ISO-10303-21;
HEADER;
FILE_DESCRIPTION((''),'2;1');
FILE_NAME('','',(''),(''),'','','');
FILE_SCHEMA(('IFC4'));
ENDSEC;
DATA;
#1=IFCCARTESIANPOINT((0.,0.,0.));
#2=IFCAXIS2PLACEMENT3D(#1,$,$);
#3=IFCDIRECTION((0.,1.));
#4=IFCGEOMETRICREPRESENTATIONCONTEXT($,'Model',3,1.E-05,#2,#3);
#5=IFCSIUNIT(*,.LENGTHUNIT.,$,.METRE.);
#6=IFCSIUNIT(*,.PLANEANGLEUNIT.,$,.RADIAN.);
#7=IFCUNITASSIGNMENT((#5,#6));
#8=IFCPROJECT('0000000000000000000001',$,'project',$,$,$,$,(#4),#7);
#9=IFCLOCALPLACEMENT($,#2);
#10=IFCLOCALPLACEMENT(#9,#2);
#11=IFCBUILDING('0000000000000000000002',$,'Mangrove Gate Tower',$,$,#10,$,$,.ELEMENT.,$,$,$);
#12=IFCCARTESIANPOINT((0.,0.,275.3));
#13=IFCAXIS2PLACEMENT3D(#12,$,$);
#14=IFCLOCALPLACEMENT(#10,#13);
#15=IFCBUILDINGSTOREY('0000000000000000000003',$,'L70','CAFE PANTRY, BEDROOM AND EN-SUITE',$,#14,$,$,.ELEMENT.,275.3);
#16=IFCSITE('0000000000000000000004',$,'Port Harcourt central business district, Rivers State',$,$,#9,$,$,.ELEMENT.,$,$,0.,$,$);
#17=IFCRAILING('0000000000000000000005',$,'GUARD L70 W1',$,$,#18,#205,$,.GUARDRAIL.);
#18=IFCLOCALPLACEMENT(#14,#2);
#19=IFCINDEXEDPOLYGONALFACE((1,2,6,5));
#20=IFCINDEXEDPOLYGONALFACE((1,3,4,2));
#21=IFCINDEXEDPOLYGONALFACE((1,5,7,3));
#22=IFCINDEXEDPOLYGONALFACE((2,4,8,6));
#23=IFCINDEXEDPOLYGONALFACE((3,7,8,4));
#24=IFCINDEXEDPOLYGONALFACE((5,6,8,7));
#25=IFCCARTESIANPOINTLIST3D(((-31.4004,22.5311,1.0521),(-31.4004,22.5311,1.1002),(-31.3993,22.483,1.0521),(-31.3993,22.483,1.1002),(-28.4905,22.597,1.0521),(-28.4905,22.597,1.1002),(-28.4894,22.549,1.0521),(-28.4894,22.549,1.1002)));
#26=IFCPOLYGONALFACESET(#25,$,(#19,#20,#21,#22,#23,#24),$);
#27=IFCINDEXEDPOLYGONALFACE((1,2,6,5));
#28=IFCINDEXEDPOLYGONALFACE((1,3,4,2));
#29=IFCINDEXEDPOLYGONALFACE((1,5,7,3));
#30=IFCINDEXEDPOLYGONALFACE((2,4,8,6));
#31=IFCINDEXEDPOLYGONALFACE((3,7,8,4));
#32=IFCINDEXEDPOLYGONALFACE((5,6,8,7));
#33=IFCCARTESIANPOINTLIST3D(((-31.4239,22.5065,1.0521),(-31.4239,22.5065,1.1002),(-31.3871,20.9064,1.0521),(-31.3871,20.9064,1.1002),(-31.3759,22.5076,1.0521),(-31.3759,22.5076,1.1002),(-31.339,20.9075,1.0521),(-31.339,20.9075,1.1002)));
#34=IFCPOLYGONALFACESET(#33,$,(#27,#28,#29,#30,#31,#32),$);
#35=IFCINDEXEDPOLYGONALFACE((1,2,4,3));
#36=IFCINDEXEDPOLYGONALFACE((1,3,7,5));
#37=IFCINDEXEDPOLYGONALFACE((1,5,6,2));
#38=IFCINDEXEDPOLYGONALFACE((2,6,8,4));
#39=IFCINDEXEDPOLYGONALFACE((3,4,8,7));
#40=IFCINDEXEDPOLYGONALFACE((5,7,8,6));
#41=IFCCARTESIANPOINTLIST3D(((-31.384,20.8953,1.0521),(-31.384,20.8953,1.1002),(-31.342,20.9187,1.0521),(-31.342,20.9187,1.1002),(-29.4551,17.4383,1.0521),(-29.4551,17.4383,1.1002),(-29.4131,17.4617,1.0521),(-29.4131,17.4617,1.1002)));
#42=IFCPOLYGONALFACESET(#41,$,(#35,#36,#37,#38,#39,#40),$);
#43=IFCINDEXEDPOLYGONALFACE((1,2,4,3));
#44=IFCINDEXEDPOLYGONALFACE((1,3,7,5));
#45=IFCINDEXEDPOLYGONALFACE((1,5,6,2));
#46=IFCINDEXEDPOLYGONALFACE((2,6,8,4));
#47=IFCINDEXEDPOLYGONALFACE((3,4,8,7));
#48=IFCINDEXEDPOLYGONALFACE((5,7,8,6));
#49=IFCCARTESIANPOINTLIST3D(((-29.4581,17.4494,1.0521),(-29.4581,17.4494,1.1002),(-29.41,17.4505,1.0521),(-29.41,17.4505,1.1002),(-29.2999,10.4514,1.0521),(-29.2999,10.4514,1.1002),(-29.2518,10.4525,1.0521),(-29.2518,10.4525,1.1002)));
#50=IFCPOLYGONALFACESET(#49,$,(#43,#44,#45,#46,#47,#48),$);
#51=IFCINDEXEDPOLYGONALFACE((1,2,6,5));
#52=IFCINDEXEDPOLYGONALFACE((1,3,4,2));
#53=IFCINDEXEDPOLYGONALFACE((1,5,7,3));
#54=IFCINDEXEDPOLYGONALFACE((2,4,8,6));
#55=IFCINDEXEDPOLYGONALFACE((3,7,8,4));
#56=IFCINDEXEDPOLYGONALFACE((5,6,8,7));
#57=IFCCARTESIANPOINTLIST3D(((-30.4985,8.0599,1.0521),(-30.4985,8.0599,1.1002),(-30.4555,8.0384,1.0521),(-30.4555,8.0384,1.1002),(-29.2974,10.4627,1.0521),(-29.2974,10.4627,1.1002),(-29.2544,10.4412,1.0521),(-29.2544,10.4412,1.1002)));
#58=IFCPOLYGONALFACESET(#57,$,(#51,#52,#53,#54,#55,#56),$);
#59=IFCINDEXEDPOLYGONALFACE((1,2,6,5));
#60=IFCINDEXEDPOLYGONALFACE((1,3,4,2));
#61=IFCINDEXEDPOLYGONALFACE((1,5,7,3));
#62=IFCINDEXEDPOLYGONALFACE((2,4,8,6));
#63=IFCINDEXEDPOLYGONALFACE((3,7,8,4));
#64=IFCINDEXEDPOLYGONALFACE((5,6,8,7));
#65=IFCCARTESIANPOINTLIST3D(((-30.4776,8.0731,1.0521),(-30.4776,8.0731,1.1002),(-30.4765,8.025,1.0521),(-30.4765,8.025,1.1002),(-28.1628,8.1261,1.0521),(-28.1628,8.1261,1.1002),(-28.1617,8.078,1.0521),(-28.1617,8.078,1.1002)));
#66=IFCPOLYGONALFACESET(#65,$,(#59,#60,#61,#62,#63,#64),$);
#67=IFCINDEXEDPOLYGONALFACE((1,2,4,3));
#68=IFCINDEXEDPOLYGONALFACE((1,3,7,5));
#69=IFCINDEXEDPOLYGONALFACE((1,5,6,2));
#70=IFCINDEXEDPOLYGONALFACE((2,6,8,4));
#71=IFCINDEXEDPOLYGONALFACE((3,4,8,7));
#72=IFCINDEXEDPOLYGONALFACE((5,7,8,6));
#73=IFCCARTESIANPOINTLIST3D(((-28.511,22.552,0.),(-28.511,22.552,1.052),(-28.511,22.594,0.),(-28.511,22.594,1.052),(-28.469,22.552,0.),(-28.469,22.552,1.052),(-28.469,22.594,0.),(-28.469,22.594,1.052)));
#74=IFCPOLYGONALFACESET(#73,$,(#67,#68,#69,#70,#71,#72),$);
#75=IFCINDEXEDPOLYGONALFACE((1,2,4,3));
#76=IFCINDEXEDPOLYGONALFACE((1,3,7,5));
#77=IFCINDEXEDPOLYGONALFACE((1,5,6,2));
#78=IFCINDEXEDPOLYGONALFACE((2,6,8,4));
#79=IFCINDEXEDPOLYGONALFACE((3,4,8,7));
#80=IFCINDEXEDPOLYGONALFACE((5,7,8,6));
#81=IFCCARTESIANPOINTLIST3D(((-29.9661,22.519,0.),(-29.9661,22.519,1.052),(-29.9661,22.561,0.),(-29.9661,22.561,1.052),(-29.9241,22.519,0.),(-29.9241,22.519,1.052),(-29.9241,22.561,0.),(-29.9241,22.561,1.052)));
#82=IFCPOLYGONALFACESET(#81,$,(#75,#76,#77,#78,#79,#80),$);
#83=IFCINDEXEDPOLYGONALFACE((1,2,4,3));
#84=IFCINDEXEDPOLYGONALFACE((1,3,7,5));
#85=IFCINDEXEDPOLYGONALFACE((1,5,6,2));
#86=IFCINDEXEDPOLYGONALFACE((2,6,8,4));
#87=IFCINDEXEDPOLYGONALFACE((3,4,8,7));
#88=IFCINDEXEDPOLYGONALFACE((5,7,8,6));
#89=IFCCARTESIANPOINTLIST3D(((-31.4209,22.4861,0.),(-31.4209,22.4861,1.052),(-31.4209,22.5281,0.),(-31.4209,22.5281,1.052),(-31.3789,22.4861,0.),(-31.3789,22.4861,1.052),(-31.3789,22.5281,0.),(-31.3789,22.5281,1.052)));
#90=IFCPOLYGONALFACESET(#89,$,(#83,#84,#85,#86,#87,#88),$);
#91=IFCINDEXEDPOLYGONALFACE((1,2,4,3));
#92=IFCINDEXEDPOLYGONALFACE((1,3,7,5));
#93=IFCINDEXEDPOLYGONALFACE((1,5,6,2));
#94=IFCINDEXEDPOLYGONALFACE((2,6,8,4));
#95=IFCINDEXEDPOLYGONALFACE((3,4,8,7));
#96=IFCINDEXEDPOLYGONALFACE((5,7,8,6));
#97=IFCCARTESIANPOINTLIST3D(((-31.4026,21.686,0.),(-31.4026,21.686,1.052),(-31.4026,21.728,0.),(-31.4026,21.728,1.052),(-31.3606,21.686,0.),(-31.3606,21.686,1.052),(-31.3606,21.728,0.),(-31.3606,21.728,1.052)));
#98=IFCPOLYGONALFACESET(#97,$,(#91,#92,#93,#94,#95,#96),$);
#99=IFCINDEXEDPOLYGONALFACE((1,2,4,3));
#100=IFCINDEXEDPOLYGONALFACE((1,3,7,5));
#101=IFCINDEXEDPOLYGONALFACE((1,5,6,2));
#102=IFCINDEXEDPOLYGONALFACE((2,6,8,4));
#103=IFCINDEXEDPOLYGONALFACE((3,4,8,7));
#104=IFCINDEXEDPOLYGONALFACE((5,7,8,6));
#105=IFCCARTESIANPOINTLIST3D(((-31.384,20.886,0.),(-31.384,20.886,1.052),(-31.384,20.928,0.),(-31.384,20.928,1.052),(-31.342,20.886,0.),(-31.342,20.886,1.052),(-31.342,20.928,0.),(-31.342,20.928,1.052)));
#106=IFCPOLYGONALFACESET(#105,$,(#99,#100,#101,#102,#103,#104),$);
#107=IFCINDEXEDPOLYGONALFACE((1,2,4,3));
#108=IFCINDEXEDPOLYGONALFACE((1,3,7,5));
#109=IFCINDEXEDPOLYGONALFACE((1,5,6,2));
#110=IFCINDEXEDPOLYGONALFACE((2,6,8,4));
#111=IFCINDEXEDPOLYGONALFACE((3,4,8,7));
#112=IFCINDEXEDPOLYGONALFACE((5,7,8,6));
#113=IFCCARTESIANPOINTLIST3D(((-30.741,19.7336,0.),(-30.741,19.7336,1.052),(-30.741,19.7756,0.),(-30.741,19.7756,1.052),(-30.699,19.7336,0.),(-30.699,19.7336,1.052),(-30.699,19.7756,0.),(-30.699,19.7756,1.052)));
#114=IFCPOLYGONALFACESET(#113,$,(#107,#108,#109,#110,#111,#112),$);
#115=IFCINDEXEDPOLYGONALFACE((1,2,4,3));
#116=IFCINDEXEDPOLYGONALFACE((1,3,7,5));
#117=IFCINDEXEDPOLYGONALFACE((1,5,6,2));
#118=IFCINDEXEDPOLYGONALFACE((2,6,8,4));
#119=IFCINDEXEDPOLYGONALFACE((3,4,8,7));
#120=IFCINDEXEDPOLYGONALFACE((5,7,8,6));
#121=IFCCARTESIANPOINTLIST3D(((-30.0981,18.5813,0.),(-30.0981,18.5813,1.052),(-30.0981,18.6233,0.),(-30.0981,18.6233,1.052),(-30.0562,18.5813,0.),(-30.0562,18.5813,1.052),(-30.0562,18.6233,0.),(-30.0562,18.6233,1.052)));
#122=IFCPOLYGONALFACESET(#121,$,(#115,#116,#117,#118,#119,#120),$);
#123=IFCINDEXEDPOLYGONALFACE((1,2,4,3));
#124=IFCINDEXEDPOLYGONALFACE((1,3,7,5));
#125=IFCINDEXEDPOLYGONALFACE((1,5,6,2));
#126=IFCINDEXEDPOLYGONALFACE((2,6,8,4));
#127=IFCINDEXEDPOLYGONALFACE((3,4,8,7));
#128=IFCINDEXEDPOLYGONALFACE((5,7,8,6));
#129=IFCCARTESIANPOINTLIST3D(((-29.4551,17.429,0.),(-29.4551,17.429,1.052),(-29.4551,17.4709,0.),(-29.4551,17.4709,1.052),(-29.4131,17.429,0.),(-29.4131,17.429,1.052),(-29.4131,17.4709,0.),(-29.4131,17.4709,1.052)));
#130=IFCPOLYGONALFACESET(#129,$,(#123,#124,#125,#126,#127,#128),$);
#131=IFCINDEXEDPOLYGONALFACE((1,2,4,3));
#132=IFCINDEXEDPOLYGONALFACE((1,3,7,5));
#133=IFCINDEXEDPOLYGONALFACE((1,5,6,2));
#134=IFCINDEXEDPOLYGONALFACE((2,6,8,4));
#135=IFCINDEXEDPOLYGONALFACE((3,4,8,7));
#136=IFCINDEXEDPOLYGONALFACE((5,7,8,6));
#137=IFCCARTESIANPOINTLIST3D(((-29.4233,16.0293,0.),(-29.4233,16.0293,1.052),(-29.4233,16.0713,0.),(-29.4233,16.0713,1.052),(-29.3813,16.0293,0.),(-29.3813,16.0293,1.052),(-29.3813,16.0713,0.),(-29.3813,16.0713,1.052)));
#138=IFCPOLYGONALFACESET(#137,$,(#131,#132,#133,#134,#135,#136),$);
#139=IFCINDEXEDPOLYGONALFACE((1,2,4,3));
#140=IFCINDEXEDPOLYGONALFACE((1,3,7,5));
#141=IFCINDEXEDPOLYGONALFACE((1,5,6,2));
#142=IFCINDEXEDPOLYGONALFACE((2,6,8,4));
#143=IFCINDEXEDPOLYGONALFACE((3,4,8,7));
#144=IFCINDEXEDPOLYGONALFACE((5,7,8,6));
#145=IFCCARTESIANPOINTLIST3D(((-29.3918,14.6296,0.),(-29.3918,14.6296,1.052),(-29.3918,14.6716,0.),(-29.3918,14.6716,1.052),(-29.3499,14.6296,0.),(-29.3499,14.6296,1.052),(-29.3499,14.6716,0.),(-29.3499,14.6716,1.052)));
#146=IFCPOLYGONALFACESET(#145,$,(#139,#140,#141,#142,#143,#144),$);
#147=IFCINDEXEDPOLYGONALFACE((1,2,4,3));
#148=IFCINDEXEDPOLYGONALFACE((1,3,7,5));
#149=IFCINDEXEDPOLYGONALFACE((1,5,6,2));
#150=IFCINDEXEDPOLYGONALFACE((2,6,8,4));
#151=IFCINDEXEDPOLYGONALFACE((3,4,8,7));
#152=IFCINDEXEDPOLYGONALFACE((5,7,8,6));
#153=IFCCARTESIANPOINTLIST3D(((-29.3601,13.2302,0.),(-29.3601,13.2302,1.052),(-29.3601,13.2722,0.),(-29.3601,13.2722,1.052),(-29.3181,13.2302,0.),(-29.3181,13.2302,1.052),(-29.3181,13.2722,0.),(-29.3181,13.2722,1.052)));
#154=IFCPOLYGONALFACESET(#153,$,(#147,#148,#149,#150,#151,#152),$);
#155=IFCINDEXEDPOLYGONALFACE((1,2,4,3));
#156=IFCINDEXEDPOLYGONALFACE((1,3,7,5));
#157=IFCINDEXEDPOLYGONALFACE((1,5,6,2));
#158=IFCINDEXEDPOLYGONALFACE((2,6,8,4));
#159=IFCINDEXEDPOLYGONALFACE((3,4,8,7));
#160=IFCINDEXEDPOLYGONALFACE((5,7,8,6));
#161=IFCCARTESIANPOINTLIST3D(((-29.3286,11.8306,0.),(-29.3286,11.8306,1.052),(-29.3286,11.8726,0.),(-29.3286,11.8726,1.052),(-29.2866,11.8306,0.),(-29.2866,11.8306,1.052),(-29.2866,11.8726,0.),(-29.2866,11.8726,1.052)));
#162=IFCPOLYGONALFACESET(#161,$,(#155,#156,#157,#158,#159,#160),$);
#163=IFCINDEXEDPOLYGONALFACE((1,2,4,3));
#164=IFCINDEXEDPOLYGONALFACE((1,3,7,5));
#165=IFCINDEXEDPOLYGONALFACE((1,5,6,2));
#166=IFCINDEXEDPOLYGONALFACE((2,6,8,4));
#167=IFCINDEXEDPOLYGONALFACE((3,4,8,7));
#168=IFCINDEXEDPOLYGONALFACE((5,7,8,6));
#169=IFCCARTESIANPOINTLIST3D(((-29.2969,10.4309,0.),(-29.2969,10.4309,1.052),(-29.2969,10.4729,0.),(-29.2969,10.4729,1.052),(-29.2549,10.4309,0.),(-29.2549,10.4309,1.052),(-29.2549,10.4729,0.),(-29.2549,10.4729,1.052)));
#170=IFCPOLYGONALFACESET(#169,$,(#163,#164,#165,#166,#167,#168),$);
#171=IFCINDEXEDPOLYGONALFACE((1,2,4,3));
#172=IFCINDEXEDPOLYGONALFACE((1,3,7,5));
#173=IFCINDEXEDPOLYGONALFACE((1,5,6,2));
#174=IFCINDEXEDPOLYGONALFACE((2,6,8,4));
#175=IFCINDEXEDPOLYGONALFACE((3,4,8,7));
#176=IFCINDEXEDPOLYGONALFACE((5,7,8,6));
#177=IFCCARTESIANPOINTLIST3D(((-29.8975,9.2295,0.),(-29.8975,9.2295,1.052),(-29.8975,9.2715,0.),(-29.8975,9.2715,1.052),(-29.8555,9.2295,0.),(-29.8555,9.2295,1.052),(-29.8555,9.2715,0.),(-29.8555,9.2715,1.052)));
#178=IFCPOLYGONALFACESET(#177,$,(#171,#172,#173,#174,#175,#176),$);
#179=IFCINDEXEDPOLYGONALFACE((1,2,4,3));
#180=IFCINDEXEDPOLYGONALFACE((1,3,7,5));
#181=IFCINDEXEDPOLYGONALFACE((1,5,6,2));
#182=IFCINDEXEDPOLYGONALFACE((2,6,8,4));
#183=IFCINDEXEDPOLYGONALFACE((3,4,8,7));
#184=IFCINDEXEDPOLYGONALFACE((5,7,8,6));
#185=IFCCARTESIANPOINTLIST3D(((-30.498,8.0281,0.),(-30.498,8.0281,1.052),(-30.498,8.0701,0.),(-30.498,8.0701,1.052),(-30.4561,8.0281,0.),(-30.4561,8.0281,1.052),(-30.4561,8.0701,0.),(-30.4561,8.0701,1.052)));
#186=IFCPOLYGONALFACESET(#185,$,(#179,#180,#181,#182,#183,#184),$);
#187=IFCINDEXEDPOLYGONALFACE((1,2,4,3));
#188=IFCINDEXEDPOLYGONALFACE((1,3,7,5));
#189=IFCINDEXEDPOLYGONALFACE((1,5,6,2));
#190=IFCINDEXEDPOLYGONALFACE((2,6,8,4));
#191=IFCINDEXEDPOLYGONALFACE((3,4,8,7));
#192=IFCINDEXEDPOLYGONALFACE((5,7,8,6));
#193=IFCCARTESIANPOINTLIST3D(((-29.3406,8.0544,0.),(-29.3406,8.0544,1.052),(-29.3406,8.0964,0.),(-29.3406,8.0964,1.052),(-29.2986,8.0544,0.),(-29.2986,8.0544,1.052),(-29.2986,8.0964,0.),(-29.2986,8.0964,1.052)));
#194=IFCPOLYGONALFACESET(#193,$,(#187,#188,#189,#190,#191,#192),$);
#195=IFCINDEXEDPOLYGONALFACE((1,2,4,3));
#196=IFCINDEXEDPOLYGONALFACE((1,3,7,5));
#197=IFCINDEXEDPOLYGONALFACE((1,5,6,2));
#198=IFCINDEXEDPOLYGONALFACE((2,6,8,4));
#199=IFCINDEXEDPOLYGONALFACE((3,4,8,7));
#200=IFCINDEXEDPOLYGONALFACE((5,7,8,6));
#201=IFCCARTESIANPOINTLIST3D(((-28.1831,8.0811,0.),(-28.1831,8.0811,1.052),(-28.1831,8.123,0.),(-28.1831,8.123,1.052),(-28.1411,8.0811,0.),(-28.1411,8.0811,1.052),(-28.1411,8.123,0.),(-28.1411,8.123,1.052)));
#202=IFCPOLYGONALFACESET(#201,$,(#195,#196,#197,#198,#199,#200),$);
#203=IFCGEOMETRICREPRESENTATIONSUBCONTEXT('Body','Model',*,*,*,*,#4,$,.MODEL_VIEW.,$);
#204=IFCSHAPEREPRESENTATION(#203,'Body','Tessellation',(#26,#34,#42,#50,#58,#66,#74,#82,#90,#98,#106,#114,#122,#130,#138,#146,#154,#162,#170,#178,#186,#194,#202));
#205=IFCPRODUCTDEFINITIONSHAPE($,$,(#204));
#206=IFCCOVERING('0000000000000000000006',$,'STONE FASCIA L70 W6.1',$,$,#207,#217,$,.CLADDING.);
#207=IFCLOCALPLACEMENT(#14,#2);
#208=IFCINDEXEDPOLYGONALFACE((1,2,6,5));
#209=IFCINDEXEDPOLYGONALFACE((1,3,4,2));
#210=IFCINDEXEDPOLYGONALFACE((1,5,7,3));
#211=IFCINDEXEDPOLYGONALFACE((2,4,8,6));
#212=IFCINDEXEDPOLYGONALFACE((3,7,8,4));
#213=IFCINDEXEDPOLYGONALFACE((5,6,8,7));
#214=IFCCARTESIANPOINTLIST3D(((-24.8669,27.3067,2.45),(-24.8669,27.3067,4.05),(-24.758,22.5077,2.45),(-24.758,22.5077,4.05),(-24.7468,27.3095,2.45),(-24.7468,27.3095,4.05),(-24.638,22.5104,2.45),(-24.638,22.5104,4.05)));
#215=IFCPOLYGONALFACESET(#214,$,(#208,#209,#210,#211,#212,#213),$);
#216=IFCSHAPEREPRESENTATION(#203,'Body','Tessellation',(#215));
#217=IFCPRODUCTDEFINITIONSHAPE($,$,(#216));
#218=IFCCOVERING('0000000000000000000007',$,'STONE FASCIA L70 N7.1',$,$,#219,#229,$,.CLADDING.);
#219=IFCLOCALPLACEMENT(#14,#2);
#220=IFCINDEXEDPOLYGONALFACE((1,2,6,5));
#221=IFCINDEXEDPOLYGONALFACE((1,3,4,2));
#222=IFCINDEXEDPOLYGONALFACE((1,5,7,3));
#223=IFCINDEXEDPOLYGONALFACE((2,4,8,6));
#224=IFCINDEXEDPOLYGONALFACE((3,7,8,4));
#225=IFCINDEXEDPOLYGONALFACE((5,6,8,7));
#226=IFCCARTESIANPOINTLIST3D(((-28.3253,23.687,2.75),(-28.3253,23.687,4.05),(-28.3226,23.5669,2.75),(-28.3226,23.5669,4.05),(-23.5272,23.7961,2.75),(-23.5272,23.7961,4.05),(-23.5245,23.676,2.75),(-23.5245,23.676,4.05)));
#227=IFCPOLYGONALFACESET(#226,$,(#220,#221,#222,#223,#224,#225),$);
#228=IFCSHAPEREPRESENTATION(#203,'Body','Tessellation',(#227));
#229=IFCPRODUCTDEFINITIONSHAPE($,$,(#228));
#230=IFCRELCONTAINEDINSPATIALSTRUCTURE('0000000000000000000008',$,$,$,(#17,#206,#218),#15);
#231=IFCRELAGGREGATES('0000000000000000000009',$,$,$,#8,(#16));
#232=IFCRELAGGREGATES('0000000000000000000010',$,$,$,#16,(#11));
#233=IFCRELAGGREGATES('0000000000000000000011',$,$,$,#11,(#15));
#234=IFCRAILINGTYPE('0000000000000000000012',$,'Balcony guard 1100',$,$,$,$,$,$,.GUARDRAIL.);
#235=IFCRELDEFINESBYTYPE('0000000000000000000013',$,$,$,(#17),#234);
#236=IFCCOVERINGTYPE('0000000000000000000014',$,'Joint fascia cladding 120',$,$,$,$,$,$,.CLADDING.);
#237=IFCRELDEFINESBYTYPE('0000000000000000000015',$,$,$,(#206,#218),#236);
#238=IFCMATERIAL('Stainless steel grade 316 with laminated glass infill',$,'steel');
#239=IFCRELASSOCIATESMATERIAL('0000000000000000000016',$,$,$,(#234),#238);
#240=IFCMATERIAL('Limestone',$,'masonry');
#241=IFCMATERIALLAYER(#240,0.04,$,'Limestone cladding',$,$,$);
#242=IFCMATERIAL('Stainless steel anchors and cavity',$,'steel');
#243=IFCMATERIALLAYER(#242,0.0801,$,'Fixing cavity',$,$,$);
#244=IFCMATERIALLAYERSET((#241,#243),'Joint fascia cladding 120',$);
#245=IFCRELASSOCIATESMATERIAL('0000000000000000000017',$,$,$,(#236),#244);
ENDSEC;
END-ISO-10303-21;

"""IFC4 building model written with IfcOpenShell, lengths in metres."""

from ifc_helpers import new_model, si_unit, direction, frame, frame_2d, origin, origin_2d, place, context, subcontext, project, spatial, rectangle, extrude, material, layer, layer_set, type_object, element, save


model = new_model("IFC4")

# Units and contexts
model_context = context("Model", 3, precision=1e-05, world=origin(), true_north=direction((0.0, 1.0)))
body_context = subcontext(model_context, "Body", "Model", "MODEL_VIEW")
ifc_project = project(units=[si_unit("LENGTHUNIT", "METRE"), si_unit("PLANEANGLEUNIT", "RADIAN")], contexts=[model_context])

# Site, building, storey
site_placement = place(None, origin())
site = spatial("IfcSite", under=ifc_project, at=site_placement, Name="Port Harcourt central business district, Rivers State", CompositionType="ELEMENT", RefElevation=0.0)
building_placement = place(site_placement, origin())
building = spatial("IfcBuilding", under=site, at=building_placement, Name="Mangrove Gate Tower", CompositionType="ELEMENT")
storey_placement = place(building_placement, frame((0.0, 0.0, 275.3)))
storey = spatial("IfcBuildingStorey", under=building, at=storey_placement, Name="L70", Description="CAFE PANTRY, BEDROOM AND EN-SUITE", CompositionType="ELEMENT", Elevation=275.3)

# Shared definitions
ifc_material_1 = material(Name="Limestone", Category="masonry")

# Railing
ifc_material_2 = material(Name="Stainless steel grade 316 with laminated glass infill", Category="steel")
railing_type = type_object("IfcRailingType", Name="Balcony guard 1100", PredefinedType="GUARDRAIL", material=ifc_material_2)
railing_placement = place(storey_placement, frame((-28.49, 22.573, 0.0)))
element("IfcRailing", 1, at=railing_placement, inside=storey, type_object=railing_type, Name="GUARD L70 W1", PredefinedType="GUARDRAIL", context=body_context, shape_type="SweptSolid", body=[
    extrude(rectangle(XDim=0.0481, YDim=0.0481, at=origin_2d()), frame((0.0, 0.0, 1.0762), z_axis=(-0.999744, -0.022647, 0.0), x_axis=(0.022647, -0.999744, 0.0)), (0.0, 0.0, 1.0), 2.9106),
    extrude(rectangle(XDim=0.0481, YDim=0.0481, at=origin_2d()), frame((-2.9099, -0.0659, 1.0762), z_axis=(0.023033, -0.999735, 0.0), x_axis=(0.999735, 0.023033, 0.0)), (0.0, 0.0, 1.0), 1.6006),
    extrude(rectangle(XDim=0.0481, YDim=0.0481, at=origin_2d()), frame((-2.873, -1.666, 1.0762), z_axis=(0.48726, -0.873257, 0.0), x_axis=(0.873257, 0.48726, 0.0)), (0.0, 0.0, 1.0), 3.9587),
    extrude(rectangle(XDim=0.0481, YDim=0.0481, at=origin_2d()), frame((-0.9441, -5.123, 1.0762), z_axis=(0.022601, -0.999745, 0.0), x_axis=(0.999745, 0.022601, 0.0)), (0.0, 0.0, 1.0), 6.9998),
    extrude(rectangle(XDim=0.0481, YDim=0.0481, at=origin_2d()), frame((-0.7859, -12.1211, 1.0762), z_axis=(-0.447141, -0.894464, 0.0), x_axis=(0.894464, -0.447141, 0.0)), (0.0, 0.0, 1.0), 2.6863),
    extrude(rectangle(XDim=0.0481, YDim=0.0481, at=origin_2d()), frame((-1.9871, -14.5239, 1.0762), z_axis=(0.999738, 0.022879, 0.0), x_axis=(-0.022879, 0.999738, 0.0)), (0.0, 0.0, 1.0), 2.3154),
    extrude(rectangle(XDim=0.042, YDim=0.042, at=origin_2d()), origin(), (0.0, 0.0, 1.0), 1.052),
    extrude(rectangle(XDim=0.042, YDim=0.042, at=origin_2d()), frame((-1.4551, -0.033, 0.0)), (0.0, 0.0, 1.0), 1.052),
    extrude(rectangle(XDim=0.042, YDim=0.042, at=origin_2d()), frame((-2.9099, -0.0659, 0.0)), (0.0, 0.0, 1.0), 1.052),
    extrude(rectangle(XDim=0.042, YDim=0.042, at=origin_2d()), frame((-2.8916, -0.866, 0.0)), (0.0, 0.0, 1.0), 1.052),
    extrude(rectangle(XDim=0.042, YDim=0.042, at=origin_2d()), frame((-2.873, -1.666, 0.0)), (0.0, 0.0, 1.0), 1.052),
    extrude(rectangle(XDim=0.042, YDim=0.042, at=origin_2d()), frame((-2.23, -2.8184, 0.0)), (0.0, 0.0, 1.0), 1.052),
    extrude(rectangle(XDim=0.042, YDim=0.042, at=origin_2d()), frame((-1.5872, -3.9707, 0.0)), (0.0, 0.0, 1.0), 1.052),
    extrude(rectangle(XDim=0.042, YDim=0.042, at=origin_2d()), frame((-0.9441, -5.123, 0.0)), (0.0, 0.0, 1.0), 1.052),
    extrude(rectangle(XDim=0.042, YDim=0.042, at=origin_2d()), frame((-0.9124, -6.5227, 0.0)), (0.0, 0.0, 1.0), 1.052),
    extrude(rectangle(XDim=0.042, YDim=0.042, at=origin_2d()), frame((-0.8809, -7.9224, 0.0)), (0.0, 0.0, 1.0), 1.052),
    extrude(rectangle(XDim=0.042, YDim=0.042, at=origin_2d()), frame((-0.8491, -9.3218, 0.0)), (0.0, 0.0, 1.0), 1.052),
    extrude(rectangle(XDim=0.042, YDim=0.042, at=origin_2d()), frame((-0.8176, -10.7214, 0.0)), (0.0, 0.0, 1.0), 1.052),
    extrude(rectangle(XDim=0.042, YDim=0.042, at=origin_2d()), frame((-0.7859, -12.1211, 0.0)), (0.0, 0.0, 1.0), 1.052),
    extrude(rectangle(XDim=0.042, YDim=0.042, at=origin_2d()), frame((-1.3865, -13.3225, 0.0)), (0.0, 0.0, 1.0), 1.052),
    extrude(rectangle(XDim=0.042, YDim=0.042, at=origin_2d()), frame((-1.9871, -14.5239, 0.0)), (0.0, 0.0, 1.0), 1.052),
    extrude(rectangle(XDim=0.042, YDim=0.042, at=origin_2d()), frame((-0.8296, -14.4976, 0.0)), (0.0, 0.0, 1.0), 1.052),
    extrude(rectangle(XDim=0.042, YDim=0.042, at=origin_2d()), frame((0.3279, -14.4709, 0.0)), (0.0, 0.0, 1.0), 1.052),
])

# Coverings
ifc_layer_1 = layer(ifc_material_1, 0.04, Name="Limestone cladding")
ifc_material_3 = material(Name="Stainless steel anchors and cavity", Category="steel")
ifc_layer_2 = layer(ifc_material_3, 0.0801, Name="Fixing cavity")
ifc_layer_set_1 = layer_set([ifc_layer_1, ifc_layer_2], Name="Joint fascia cladding 120")
covering_type = type_object("IfcCoveringType", Name="Joint fascia cladding 120", PredefinedType="CLADDING", material=ifc_layer_set_1)
covering_1_placement = place(storey_placement, frame((-24.8069, 27.3081, 2.45), z_axis=(0.0, 0.0, 1.0), x_axis=(0.022683, -0.999743, 0.0)))
element("IfcCovering", 2, at=covering_1_placement, inside=storey, type_object=covering_type, Name="STONE FASCIA L70 W6.1", PredefinedType="CLADDING", context=body_context, shape_type="SweptSolid", body=[
    extrude(rectangle(XDim=4.8003, YDim=0.1201, at=frame_2d((2.4001, 0.0))), origin(), (0.0, 0.0, 1.0), 1.6001),
])
covering_2_placement = place(storey_placement, frame((-23.5259, 23.7361, 2.75), z_axis=(0.0, 0.0, 1.0), x_axis=(-0.999741, -0.022739, 0.0)))
element("IfcCovering", 3, at=covering_2_placement, inside=storey, type_object=covering_type, Name="STONE FASCIA L70 N7.1", PredefinedType="CLADDING", context=body_context, shape_type="SweptSolid", body=[
    extrude(rectangle(XDim=4.7993, YDim=0.1201, at=frame_2d((2.3997, 0.0))), origin(), (0.0, 0.0, 1.0), 1.3),
])

save(model, "model.ifc")
